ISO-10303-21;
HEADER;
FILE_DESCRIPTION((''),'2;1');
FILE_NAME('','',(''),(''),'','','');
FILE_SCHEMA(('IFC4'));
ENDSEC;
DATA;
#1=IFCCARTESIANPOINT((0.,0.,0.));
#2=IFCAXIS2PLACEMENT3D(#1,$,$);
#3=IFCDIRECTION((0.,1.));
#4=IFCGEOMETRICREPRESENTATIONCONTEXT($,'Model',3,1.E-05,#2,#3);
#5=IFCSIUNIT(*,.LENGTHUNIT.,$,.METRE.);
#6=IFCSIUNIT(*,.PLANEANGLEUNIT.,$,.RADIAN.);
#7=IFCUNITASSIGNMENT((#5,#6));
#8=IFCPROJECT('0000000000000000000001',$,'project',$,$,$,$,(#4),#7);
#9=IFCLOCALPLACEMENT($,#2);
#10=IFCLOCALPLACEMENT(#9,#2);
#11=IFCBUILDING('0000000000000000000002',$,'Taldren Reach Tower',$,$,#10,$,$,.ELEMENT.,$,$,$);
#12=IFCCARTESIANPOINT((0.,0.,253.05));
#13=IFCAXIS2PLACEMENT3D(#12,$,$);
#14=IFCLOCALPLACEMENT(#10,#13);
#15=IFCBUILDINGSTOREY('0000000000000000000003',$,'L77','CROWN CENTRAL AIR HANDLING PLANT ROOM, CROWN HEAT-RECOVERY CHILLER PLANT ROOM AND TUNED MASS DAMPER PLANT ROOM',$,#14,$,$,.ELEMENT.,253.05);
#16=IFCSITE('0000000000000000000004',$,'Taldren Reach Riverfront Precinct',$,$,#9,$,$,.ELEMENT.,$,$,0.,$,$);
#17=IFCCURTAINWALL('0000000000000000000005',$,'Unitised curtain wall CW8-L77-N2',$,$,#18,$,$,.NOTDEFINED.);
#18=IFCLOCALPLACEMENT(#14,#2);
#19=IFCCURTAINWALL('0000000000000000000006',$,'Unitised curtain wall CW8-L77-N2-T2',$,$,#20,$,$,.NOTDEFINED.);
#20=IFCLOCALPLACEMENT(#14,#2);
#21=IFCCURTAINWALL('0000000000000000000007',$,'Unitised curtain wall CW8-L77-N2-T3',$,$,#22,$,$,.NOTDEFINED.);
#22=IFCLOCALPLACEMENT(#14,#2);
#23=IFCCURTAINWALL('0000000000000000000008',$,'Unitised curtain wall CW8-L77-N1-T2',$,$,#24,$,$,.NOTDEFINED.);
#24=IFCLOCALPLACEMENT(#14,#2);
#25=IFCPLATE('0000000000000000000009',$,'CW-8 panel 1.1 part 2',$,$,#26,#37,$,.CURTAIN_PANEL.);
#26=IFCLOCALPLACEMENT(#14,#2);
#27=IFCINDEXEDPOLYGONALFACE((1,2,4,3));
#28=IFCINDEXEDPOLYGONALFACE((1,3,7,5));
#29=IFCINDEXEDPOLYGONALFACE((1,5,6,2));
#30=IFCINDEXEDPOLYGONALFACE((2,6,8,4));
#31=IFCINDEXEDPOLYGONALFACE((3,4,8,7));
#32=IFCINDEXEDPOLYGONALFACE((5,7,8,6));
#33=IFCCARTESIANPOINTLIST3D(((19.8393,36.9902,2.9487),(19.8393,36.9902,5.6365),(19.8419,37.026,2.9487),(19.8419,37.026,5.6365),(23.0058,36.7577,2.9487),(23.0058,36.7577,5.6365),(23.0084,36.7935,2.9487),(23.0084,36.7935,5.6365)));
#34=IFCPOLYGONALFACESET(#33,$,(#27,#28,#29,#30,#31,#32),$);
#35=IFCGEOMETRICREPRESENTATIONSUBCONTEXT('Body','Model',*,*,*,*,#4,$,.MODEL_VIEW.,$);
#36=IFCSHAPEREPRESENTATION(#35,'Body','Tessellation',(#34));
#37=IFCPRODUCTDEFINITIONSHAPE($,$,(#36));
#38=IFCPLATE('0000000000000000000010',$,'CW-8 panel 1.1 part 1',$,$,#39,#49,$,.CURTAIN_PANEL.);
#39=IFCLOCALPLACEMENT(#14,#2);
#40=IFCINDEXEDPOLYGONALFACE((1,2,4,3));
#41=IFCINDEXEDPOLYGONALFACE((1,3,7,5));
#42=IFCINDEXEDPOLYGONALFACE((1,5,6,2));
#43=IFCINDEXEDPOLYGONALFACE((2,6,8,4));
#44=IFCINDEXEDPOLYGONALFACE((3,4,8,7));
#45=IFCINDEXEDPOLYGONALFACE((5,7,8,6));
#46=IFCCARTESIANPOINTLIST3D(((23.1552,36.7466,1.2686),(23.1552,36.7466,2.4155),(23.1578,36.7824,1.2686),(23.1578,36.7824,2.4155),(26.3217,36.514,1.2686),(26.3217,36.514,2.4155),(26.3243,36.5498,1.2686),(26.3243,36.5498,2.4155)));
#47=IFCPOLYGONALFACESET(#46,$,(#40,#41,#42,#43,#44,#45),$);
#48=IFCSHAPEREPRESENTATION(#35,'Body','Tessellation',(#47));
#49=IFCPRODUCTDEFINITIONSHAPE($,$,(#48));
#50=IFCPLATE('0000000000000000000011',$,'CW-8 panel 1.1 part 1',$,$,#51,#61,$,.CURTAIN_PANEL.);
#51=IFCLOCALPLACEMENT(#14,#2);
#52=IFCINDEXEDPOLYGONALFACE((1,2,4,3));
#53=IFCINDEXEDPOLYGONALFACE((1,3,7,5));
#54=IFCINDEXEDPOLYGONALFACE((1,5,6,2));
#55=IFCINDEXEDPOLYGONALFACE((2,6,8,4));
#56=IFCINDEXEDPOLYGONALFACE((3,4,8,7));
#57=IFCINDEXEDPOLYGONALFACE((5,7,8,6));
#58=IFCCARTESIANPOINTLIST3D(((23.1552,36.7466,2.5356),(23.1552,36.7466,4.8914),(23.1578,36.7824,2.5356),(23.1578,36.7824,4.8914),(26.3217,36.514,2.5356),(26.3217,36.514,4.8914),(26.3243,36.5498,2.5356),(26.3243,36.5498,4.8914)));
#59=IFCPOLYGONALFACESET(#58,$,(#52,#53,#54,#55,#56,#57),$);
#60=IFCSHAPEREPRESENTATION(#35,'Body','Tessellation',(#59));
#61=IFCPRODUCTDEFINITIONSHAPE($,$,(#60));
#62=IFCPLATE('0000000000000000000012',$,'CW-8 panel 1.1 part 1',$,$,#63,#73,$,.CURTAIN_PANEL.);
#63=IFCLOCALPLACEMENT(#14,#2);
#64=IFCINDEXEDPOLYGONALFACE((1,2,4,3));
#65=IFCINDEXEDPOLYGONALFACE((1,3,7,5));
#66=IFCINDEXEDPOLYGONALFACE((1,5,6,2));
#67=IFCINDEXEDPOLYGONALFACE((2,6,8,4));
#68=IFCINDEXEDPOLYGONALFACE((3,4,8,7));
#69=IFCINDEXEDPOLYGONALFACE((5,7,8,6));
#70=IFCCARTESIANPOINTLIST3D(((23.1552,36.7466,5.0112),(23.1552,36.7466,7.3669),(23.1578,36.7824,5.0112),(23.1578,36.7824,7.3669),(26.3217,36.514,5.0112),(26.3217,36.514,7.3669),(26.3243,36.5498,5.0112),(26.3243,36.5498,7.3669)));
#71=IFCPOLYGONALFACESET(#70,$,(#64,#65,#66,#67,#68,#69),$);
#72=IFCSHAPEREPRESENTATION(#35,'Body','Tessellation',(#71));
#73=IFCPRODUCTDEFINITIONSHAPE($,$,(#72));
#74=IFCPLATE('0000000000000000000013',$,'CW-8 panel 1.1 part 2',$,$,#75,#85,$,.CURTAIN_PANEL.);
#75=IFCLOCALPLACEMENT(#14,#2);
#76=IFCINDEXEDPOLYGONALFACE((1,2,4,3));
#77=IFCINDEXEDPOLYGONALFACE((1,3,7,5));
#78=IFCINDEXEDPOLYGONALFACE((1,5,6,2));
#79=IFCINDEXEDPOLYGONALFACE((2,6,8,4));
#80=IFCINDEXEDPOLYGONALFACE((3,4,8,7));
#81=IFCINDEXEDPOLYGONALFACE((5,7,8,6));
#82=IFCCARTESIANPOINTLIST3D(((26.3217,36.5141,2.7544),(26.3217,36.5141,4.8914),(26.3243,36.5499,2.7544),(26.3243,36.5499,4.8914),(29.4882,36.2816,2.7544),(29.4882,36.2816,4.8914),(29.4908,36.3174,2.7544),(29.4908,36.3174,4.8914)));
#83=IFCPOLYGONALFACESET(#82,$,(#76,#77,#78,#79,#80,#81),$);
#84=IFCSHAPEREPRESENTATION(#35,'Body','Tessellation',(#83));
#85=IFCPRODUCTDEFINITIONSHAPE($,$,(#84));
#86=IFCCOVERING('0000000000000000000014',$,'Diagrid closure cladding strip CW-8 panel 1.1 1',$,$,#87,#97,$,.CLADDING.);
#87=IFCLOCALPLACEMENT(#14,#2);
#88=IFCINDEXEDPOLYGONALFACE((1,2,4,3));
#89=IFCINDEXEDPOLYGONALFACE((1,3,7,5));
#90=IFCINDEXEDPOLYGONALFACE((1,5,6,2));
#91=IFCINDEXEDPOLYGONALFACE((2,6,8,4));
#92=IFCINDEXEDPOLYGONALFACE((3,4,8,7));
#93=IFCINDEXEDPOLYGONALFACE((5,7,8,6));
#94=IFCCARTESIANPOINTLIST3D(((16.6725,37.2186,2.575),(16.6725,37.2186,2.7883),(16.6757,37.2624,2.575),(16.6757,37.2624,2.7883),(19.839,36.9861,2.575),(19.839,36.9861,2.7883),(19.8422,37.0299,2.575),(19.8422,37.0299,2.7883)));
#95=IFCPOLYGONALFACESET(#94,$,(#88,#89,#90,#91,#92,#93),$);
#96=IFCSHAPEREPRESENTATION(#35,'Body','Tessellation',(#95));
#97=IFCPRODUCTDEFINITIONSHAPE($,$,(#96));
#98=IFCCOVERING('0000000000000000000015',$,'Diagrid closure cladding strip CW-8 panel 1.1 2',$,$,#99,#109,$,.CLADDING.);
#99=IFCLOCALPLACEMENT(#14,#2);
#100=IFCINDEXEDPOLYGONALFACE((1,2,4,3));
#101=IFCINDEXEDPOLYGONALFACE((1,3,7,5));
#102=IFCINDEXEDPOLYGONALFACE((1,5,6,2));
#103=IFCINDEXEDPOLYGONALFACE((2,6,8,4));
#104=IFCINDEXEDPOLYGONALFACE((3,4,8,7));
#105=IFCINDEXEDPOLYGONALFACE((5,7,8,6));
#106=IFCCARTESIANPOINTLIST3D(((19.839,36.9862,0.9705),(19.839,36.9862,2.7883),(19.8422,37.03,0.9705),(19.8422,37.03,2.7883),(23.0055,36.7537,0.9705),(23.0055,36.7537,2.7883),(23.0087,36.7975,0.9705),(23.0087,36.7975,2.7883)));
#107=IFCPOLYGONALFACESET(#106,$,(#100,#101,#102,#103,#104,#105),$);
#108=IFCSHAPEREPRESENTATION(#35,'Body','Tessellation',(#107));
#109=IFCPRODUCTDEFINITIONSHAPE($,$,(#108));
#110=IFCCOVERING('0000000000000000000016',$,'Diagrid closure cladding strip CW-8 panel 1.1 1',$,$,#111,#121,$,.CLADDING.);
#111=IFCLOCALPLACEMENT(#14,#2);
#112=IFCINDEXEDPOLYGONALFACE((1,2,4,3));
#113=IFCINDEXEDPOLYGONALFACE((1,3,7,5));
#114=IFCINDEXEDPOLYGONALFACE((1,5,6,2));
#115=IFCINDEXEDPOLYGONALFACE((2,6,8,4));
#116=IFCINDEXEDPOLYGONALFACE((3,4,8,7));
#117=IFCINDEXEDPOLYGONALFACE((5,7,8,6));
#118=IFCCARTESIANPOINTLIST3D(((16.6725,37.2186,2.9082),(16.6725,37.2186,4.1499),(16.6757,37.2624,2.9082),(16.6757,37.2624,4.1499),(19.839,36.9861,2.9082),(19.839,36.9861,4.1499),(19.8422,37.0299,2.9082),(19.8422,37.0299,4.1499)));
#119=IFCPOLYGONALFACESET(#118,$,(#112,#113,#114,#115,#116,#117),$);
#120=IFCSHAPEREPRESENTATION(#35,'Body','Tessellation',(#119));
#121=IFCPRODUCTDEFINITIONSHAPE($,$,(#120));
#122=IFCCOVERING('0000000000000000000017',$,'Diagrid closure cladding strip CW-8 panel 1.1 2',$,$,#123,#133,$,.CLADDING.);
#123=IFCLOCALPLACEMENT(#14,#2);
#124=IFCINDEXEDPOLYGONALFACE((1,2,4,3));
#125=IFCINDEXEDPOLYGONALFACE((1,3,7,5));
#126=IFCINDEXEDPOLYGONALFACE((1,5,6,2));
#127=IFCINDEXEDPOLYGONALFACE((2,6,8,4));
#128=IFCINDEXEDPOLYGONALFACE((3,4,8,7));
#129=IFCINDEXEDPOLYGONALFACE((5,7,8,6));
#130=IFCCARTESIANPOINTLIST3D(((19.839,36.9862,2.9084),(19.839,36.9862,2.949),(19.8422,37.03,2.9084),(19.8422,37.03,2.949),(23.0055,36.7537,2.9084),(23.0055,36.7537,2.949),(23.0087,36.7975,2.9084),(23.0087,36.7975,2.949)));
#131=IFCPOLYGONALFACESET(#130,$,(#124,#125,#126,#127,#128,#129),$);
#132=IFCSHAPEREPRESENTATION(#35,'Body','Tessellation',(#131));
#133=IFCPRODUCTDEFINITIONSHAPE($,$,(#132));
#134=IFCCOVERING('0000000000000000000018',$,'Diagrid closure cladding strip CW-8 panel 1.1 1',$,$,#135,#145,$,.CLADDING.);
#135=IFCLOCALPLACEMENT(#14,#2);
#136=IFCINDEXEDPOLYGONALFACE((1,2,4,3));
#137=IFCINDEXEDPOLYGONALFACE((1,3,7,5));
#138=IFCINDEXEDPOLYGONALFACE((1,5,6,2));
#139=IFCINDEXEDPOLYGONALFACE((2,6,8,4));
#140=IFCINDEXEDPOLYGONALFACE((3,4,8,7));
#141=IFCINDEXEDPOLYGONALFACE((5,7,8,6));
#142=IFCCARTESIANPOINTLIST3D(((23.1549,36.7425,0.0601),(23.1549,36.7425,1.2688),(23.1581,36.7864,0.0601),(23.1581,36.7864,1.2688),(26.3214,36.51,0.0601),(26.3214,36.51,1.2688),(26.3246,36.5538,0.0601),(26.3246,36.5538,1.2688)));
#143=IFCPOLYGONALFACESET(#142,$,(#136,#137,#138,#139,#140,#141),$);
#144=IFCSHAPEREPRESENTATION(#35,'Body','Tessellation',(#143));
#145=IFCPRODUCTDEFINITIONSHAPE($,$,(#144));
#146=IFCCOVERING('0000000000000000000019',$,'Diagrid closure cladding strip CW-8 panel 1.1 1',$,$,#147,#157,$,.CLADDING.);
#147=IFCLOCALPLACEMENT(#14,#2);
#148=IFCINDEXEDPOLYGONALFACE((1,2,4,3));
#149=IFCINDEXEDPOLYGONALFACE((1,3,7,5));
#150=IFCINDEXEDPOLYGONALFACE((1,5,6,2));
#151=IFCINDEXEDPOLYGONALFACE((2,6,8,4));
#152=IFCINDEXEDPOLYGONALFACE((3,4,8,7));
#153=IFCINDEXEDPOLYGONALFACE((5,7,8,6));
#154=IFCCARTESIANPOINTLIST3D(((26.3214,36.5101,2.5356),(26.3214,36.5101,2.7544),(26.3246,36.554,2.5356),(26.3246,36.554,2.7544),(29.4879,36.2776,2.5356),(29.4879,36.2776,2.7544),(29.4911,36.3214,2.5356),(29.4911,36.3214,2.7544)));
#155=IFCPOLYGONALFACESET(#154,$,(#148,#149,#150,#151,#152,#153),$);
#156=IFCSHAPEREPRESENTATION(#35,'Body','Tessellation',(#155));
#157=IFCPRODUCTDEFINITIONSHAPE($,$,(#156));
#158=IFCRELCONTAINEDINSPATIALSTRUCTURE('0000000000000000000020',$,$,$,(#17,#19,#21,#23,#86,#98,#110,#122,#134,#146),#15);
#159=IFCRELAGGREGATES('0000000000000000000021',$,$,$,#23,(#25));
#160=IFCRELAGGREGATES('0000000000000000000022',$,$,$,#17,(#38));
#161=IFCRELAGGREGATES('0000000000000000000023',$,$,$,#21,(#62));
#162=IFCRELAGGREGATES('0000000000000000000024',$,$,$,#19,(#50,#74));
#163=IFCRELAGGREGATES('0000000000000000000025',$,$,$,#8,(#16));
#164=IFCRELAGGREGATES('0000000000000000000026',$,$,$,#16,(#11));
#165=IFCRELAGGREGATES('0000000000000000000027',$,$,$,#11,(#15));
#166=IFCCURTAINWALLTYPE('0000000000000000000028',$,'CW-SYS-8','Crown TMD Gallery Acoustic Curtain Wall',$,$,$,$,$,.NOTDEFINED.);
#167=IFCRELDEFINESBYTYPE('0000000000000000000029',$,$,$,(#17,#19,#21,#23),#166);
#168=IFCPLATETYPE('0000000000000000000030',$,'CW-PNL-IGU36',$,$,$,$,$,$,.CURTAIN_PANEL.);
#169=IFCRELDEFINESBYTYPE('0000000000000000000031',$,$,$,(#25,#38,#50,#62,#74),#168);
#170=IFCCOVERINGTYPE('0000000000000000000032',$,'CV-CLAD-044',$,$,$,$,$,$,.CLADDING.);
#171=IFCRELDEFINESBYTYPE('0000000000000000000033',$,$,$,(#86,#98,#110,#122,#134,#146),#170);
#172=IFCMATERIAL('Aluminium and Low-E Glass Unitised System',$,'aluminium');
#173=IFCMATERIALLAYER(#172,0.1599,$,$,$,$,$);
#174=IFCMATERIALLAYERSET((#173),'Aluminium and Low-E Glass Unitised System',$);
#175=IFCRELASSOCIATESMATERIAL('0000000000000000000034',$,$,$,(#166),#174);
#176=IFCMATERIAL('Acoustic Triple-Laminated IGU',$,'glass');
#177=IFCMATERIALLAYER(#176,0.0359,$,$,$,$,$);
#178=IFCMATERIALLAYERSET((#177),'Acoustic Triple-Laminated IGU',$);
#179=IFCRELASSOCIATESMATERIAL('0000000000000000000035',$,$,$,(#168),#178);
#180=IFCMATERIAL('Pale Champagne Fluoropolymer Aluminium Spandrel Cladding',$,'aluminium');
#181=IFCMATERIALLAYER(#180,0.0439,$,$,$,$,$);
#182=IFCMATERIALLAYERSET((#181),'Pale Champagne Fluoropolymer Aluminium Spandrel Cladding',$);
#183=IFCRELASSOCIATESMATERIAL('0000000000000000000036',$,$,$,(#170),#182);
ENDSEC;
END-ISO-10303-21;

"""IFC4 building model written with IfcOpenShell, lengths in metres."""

from ifc_helpers import new_model, si_unit, direction, frame, origin, origin_2d, place, context, subcontext, project, spatial, rectangle, extrude, source, transform, mapped, material, layer, layer_set, type_object, element, aggregate, save


model = new_model("IFC4")

# Units and contexts
model_context = context("Model", 3, precision=1e-05, world=origin(), true_north=direction((0.0, 1.0)))
body_context = subcontext(model_context, "Body", "Model", "MODEL_VIEW")
ifc_project = project(units=[si_unit("LENGTHUNIT", "METRE"), si_unit("PLANEANGLEUNIT", "RADIAN")], contexts=[model_context])

# Site, building, storey
site_placement = place(None, origin())
site = spatial("IfcSite", under=ifc_project, at=site_placement, Name="Taldren Reach Riverfront Precinct", CompositionType="ELEMENT", RefElevation=0.0)
building_placement = place(site_placement, origin())
building = spatial("IfcBuilding", under=site, at=building_placement, Name="Taldren Reach Tower", CompositionType="ELEMENT")
storey_placement = place(building_placement, frame((0.0, 0.0, 253.05)))
storey = spatial("IfcBuildingStorey", under=building, at=storey_placement, Name="L77", Description="CROWN CENTRAL AIR HANDLING PLANT ROOM, CROWN HEAT-RECOVERY CHILLER PLANT ROOM AND TUNED MASS DAMPER PLANT ROOM", CompositionType="ELEMENT", Elevation=253.05)

# Shared definitions
ifc_material_1 = material(Name="Aluminium and Low-E Glass Unitised System", Category="aluminium")
ifc_layer_1 = layer(ifc_material_1, 0.1599)
ifc_layer_set_1 = layer_set([ifc_layer_1], Name="Aluminium and Low-E Glass Unitised System")
curtain_wall_type = type_object("IfcCurtainWallType", Name="CW-SYS-8", Description="Crown TMD Gallery Acoustic Curtain Wall", PredefinedType="NOTDEFINED", material=ifc_layer_set_1)

# Curtain walls
curtain_wall_1_placement = place(storey_placement, origin())
curtain_wall_1 = element("IfcCurtainWall", 1, at=curtain_wall_1_placement, inside=storey, type_object=curtain_wall_type, Name="Unitised curtain wall CW8-L77-N2", PredefinedType="NOTDEFINED")
curtain_wall_2_placement = place(storey_placement, origin())
curtain_wall_2 = element("IfcCurtainWall", 2, at=curtain_wall_2_placement, inside=storey, type_object=curtain_wall_type, Name="Unitised curtain wall CW8-L77-N2-T2", PredefinedType="NOTDEFINED")

# Curtain walls
curtain_wall_3_placement = place(storey_placement, origin())
curtain_wall_3 = element("IfcCurtainWall", 3, at=curtain_wall_3_placement, inside=storey, type_object=curtain_wall_type, Name="Unitised curtain wall CW8-L77-N2-T3", PredefinedType="NOTDEFINED")
curtain_wall_4_placement = place(storey_placement, origin())
curtain_wall_4 = element("IfcCurtainWall", 4, at=curtain_wall_4_placement, inside=storey, type_object=curtain_wall_type, Name="Unitised curtain wall CW8-L77-N1-T2", PredefinedType="NOTDEFINED")

# Plates
ifc_material_2 = material(Name="Acoustic Triple-Laminated IGU", Category="glass")
ifc_layer_2 = layer(ifc_material_2, 0.0359)
ifc_layer_set_2 = layer_set([ifc_layer_2], Name="Acoustic Triple-Laminated IGU")
plate_type_1 = type_object("IfcPlateType", Name="CW-PNL-IGU36", PredefinedType="CURTAIN_PANEL", material=ifc_layer_set_2)
shared_shape_1 = source(origin(), body_context, "Body", "SweptSolid", [
    extrude(rectangle(XDim=3.175, YDim=0.0359, at=origin_2d()), origin(), (0.0, 0.0, 1.0), 2.6877),
])
plate_1_placement = place(storey_placement, frame((21.4238, 36.8918, 2.9487), z_axis=(0.0, 0.0, 1.0), x_axis=(0.997314, -0.073239, 0.0)))
plate_1 = element("IfcPlate", 5, at=plate_1_placement, type_object=plate_type_1, Name="CW-8 panel 1.1 part 2", PredefinedType="CURTAIN_PANEL", context=body_context, shape_type="MappedRepresentation", body=[
    mapped(shared_shape_1, transform((0.0, 0.0, 0.0), scale=1.0)),
])
aggregate(curtain_wall_4, [plate_1])
shared_shape_2 = source(origin(), body_context, "Body", "SweptSolid", [
    extrude(rectangle(XDim=3.175, YDim=0.0359, at=origin_2d()), origin(), (0.0, 0.0, 1.0), 1.147),
])
plate_2_placement = place(storey_placement, frame((24.7397, 36.6482, 1.2686), z_axis=(0.0, 0.0, 1.0), x_axis=(0.997314, -0.073238, 0.0)))
plate_2 = element("IfcPlate", 6, at=plate_2_placement, type_object=plate_type_1, Name="CW-8 panel 1.1 part 1", PredefinedType="CURTAIN_PANEL", context=body_context, shape_type="MappedRepresentation", body=[
    mapped(shared_shape_2, transform((0.0, 0.0, 0.0), scale=1.0)),
])
aggregate(curtain_wall_1, [plate_2])
shared_shape_3 = source(origin(), body_context, "Body", "SweptSolid", [
    extrude(rectangle(XDim=3.175, YDim=0.0359, at=origin_2d()), origin(), (0.0, 0.0, 1.0), 2.3557),
])
plate_3_placement = place(storey_placement, frame((24.7397, 36.6482, 2.5356), z_axis=(0.0, 0.0, 1.0), x_axis=(0.997314, -0.073238, 0.0)))
plate_3 = element("IfcPlate", 7, at=plate_3_placement, type_object=plate_type_1, Name="CW-8 panel 1.1 part 1", PredefinedType="CURTAIN_PANEL", context=body_context, shape_type="MappedRepresentation", body=[
    mapped(shared_shape_3, transform((0.0, 0.0, 0.0), scale=1.0)),
])
plate_4_placement = place(storey_placement, frame((24.7397, 36.6482, 5.0112), z_axis=(0.0, 0.0, 1.0), x_axis=(0.997314, -0.073238, 0.0)))
plate_4 = element("IfcPlate", 8, at=plate_4_placement, type_object=plate_type_1, Name="CW-8 panel 1.1 part 1", PredefinedType="CURTAIN_PANEL", context=body_context, shape_type="MappedRepresentation", body=[
    mapped(shared_shape_3, transform((0.0, 0.0, 0.0), scale=1.0)),
])
aggregate(curtain_wall_3, [plate_4])
shared_shape_4 = source(origin(), body_context, "Body", "SweptSolid", [
    extrude(rectangle(XDim=3.175, YDim=0.0359, at=origin_2d()), origin(), (0.0, 0.0, 1.0), 2.137),
])
plate_5_placement = place(storey_placement, frame((27.9062, 36.4158, 2.7544), z_axis=(0.0, 0.0, 1.0), x_axis=(0.997314, -0.073238, 0.0)))
plate_5 = element("IfcPlate", 9, at=plate_5_placement, type_object=plate_type_1, Name="CW-8 panel 1.1 part 2", PredefinedType="CURTAIN_PANEL", context=body_context, shape_type="MappedRepresentation", body=[
    mapped(shared_shape_4, transform((0.0, 0.0, 0.0), scale=1.0)),
])
aggregate(curtain_wall_2, [plate_3, plate_5])

# Coverings
ifc_material_3 = material(Name="Pale Champagne Fluoropolymer Aluminium Spandrel Cladding", Category="aluminium")
ifc_layer_3 = layer(ifc_material_3, 0.0439)
ifc_layer_set_3 = layer_set([ifc_layer_3], Name="Pale Champagne Fluoropolymer Aluminium Spandrel Cladding")
covering_type = type_object("IfcCoveringType", Name="CV-CLAD-044", PredefinedType="CLADDING", material=ifc_layer_set_3)
shared_shape_5 = source(origin(), body_context, "Body", "SweptSolid", [
    extrude(rectangle(XDim=3.175, YDim=0.0439, at=origin_2d()), origin(), (0.0, 0.0, 1.0), 0.2134),
])
covering_1_placement = place(storey_placement, frame((18.2573, 37.1243, 2.575), z_axis=(0.0, 0.0, 1.0), x_axis=(0.997314, -0.073239, 0.0)))
element("IfcCovering", 10, at=covering_1_placement, inside=storey, type_object=covering_type, Name="Diagrid closure cladding strip CW-8 panel 1.1 1", PredefinedType="CLADDING", context=body_context, shape_type="MappedRepresentation", body=[
    mapped(shared_shape_5, transform((0.0, 0.0, 0.0), scale=1.0)),
])
shared_shape_6 = source(origin(), body_context, "Body", "SweptSolid", [
    extrude(rectangle(XDim=3.175, YDim=0.0439, at=origin_2d()), origin(), (0.0, 0.0, 1.0), 1.8179),
])
covering_2_placement = place(storey_placement, frame((21.4238, 36.8918, 0.9705), z_axis=(0.0, 0.0, 1.0), x_axis=(0.997314, -0.073239, 0.0)))
element("IfcCovering", 11, at=covering_2_placement, inside=storey, type_object=covering_type, Name="Diagrid closure cladding strip CW-8 panel 1.1 2", PredefinedType="CLADDING", context=body_context, shape_type="MappedRepresentation", body=[
    mapped(shared_shape_6, transform((0.0, 0.0, 0.0), scale=1.0)),
])
shared_shape_7 = source(origin(), body_context, "Body", "SweptSolid", [
    extrude(rectangle(XDim=3.175, YDim=0.0439, at=origin_2d()), origin(), (0.0, 0.0, 1.0), 1.2417),
])
covering_3_placement = place(storey_placement, frame((18.2573, 37.1243, 2.9082), z_axis=(0.0, 0.0, 1.0), x_axis=(0.997314, -0.073239, 0.0)))
element("IfcCovering", 12, at=covering_3_placement, inside=storey, type_object=covering_type, Name="Diagrid closure cladding strip CW-8 panel 1.1 1", PredefinedType="CLADDING", context=body_context, shape_type="MappedRepresentation", body=[
    mapped(shared_shape_7, transform((0.0, 0.0, 0.0), scale=1.0)),
])
shared_shape_8 = source(origin(), body_context, "Body", "SweptSolid", [
    extrude(rectangle(XDim=3.175, YDim=0.0439, at=origin_2d()), origin(), (0.0, 0.0, 1.0), 0.0405),
])
covering_4_placement = place(storey_placement, frame((21.4238, 36.8918, 2.9084), z_axis=(0.0, 0.0, 1.0), x_axis=(0.997314, -0.073239, 0.0)))
element("IfcCovering", 13, at=covering_4_placement, inside=storey, type_object=covering_type, Name="Diagrid closure cladding strip CW-8 panel 1.1 2", PredefinedType="CLADDING", context=body_context, shape_type="MappedRepresentation", body=[
    mapped(shared_shape_8, transform((0.0, 0.0, 0.0), scale=1.0)),
])
shared_shape_9 = source(origin(), body_context, "Body", "SweptSolid", [
    extrude(rectangle(XDim=3.175, YDim=0.0439, at=origin_2d()), origin(), (0.0, 0.0, 1.0), 1.2087),
])
covering_5_placement = place(storey_placement, frame((24.7397, 36.6482, 0.0601), z_axis=(0.0, 0.0, 1.0), x_axis=(0.997314, -0.073238, 0.0)))
element("IfcCovering", 14, at=covering_5_placement, inside=storey, type_object=covering_type, Name="Diagrid closure cladding strip CW-8 panel 1.1 1", PredefinedType="CLADDING", context=body_context, shape_type="MappedRepresentation", body=[
    mapped(shared_shape_9, transform((0.0, 0.0, 0.0), scale=1.0)),
])
shared_shape_10 = source(origin(), body_context, "Body", "SweptSolid", [
    extrude(rectangle(XDim=3.175, YDim=0.0439, at=origin_2d()), origin(), (0.0, 0.0, 1.0), 0.2188),
])
covering_6_placement = place(storey_placement, frame((27.9062, 36.4158, 2.5356), z_axis=(0.0, 0.0, 1.0), x_axis=(0.997314, -0.073238, 0.0)))
element("IfcCovering", 15, at=covering_6_placement, inside=storey, type_object=covering_type, Name="Diagrid closure cladding strip CW-8 panel 1.1 1", PredefinedType="CLADDING", context=body_context, shape_type="MappedRepresentation", body=[
    mapped(shared_shape_10, transform((0.0, 0.0, 0.0), scale=1.0)),
])

save(model, "model.ifc")
